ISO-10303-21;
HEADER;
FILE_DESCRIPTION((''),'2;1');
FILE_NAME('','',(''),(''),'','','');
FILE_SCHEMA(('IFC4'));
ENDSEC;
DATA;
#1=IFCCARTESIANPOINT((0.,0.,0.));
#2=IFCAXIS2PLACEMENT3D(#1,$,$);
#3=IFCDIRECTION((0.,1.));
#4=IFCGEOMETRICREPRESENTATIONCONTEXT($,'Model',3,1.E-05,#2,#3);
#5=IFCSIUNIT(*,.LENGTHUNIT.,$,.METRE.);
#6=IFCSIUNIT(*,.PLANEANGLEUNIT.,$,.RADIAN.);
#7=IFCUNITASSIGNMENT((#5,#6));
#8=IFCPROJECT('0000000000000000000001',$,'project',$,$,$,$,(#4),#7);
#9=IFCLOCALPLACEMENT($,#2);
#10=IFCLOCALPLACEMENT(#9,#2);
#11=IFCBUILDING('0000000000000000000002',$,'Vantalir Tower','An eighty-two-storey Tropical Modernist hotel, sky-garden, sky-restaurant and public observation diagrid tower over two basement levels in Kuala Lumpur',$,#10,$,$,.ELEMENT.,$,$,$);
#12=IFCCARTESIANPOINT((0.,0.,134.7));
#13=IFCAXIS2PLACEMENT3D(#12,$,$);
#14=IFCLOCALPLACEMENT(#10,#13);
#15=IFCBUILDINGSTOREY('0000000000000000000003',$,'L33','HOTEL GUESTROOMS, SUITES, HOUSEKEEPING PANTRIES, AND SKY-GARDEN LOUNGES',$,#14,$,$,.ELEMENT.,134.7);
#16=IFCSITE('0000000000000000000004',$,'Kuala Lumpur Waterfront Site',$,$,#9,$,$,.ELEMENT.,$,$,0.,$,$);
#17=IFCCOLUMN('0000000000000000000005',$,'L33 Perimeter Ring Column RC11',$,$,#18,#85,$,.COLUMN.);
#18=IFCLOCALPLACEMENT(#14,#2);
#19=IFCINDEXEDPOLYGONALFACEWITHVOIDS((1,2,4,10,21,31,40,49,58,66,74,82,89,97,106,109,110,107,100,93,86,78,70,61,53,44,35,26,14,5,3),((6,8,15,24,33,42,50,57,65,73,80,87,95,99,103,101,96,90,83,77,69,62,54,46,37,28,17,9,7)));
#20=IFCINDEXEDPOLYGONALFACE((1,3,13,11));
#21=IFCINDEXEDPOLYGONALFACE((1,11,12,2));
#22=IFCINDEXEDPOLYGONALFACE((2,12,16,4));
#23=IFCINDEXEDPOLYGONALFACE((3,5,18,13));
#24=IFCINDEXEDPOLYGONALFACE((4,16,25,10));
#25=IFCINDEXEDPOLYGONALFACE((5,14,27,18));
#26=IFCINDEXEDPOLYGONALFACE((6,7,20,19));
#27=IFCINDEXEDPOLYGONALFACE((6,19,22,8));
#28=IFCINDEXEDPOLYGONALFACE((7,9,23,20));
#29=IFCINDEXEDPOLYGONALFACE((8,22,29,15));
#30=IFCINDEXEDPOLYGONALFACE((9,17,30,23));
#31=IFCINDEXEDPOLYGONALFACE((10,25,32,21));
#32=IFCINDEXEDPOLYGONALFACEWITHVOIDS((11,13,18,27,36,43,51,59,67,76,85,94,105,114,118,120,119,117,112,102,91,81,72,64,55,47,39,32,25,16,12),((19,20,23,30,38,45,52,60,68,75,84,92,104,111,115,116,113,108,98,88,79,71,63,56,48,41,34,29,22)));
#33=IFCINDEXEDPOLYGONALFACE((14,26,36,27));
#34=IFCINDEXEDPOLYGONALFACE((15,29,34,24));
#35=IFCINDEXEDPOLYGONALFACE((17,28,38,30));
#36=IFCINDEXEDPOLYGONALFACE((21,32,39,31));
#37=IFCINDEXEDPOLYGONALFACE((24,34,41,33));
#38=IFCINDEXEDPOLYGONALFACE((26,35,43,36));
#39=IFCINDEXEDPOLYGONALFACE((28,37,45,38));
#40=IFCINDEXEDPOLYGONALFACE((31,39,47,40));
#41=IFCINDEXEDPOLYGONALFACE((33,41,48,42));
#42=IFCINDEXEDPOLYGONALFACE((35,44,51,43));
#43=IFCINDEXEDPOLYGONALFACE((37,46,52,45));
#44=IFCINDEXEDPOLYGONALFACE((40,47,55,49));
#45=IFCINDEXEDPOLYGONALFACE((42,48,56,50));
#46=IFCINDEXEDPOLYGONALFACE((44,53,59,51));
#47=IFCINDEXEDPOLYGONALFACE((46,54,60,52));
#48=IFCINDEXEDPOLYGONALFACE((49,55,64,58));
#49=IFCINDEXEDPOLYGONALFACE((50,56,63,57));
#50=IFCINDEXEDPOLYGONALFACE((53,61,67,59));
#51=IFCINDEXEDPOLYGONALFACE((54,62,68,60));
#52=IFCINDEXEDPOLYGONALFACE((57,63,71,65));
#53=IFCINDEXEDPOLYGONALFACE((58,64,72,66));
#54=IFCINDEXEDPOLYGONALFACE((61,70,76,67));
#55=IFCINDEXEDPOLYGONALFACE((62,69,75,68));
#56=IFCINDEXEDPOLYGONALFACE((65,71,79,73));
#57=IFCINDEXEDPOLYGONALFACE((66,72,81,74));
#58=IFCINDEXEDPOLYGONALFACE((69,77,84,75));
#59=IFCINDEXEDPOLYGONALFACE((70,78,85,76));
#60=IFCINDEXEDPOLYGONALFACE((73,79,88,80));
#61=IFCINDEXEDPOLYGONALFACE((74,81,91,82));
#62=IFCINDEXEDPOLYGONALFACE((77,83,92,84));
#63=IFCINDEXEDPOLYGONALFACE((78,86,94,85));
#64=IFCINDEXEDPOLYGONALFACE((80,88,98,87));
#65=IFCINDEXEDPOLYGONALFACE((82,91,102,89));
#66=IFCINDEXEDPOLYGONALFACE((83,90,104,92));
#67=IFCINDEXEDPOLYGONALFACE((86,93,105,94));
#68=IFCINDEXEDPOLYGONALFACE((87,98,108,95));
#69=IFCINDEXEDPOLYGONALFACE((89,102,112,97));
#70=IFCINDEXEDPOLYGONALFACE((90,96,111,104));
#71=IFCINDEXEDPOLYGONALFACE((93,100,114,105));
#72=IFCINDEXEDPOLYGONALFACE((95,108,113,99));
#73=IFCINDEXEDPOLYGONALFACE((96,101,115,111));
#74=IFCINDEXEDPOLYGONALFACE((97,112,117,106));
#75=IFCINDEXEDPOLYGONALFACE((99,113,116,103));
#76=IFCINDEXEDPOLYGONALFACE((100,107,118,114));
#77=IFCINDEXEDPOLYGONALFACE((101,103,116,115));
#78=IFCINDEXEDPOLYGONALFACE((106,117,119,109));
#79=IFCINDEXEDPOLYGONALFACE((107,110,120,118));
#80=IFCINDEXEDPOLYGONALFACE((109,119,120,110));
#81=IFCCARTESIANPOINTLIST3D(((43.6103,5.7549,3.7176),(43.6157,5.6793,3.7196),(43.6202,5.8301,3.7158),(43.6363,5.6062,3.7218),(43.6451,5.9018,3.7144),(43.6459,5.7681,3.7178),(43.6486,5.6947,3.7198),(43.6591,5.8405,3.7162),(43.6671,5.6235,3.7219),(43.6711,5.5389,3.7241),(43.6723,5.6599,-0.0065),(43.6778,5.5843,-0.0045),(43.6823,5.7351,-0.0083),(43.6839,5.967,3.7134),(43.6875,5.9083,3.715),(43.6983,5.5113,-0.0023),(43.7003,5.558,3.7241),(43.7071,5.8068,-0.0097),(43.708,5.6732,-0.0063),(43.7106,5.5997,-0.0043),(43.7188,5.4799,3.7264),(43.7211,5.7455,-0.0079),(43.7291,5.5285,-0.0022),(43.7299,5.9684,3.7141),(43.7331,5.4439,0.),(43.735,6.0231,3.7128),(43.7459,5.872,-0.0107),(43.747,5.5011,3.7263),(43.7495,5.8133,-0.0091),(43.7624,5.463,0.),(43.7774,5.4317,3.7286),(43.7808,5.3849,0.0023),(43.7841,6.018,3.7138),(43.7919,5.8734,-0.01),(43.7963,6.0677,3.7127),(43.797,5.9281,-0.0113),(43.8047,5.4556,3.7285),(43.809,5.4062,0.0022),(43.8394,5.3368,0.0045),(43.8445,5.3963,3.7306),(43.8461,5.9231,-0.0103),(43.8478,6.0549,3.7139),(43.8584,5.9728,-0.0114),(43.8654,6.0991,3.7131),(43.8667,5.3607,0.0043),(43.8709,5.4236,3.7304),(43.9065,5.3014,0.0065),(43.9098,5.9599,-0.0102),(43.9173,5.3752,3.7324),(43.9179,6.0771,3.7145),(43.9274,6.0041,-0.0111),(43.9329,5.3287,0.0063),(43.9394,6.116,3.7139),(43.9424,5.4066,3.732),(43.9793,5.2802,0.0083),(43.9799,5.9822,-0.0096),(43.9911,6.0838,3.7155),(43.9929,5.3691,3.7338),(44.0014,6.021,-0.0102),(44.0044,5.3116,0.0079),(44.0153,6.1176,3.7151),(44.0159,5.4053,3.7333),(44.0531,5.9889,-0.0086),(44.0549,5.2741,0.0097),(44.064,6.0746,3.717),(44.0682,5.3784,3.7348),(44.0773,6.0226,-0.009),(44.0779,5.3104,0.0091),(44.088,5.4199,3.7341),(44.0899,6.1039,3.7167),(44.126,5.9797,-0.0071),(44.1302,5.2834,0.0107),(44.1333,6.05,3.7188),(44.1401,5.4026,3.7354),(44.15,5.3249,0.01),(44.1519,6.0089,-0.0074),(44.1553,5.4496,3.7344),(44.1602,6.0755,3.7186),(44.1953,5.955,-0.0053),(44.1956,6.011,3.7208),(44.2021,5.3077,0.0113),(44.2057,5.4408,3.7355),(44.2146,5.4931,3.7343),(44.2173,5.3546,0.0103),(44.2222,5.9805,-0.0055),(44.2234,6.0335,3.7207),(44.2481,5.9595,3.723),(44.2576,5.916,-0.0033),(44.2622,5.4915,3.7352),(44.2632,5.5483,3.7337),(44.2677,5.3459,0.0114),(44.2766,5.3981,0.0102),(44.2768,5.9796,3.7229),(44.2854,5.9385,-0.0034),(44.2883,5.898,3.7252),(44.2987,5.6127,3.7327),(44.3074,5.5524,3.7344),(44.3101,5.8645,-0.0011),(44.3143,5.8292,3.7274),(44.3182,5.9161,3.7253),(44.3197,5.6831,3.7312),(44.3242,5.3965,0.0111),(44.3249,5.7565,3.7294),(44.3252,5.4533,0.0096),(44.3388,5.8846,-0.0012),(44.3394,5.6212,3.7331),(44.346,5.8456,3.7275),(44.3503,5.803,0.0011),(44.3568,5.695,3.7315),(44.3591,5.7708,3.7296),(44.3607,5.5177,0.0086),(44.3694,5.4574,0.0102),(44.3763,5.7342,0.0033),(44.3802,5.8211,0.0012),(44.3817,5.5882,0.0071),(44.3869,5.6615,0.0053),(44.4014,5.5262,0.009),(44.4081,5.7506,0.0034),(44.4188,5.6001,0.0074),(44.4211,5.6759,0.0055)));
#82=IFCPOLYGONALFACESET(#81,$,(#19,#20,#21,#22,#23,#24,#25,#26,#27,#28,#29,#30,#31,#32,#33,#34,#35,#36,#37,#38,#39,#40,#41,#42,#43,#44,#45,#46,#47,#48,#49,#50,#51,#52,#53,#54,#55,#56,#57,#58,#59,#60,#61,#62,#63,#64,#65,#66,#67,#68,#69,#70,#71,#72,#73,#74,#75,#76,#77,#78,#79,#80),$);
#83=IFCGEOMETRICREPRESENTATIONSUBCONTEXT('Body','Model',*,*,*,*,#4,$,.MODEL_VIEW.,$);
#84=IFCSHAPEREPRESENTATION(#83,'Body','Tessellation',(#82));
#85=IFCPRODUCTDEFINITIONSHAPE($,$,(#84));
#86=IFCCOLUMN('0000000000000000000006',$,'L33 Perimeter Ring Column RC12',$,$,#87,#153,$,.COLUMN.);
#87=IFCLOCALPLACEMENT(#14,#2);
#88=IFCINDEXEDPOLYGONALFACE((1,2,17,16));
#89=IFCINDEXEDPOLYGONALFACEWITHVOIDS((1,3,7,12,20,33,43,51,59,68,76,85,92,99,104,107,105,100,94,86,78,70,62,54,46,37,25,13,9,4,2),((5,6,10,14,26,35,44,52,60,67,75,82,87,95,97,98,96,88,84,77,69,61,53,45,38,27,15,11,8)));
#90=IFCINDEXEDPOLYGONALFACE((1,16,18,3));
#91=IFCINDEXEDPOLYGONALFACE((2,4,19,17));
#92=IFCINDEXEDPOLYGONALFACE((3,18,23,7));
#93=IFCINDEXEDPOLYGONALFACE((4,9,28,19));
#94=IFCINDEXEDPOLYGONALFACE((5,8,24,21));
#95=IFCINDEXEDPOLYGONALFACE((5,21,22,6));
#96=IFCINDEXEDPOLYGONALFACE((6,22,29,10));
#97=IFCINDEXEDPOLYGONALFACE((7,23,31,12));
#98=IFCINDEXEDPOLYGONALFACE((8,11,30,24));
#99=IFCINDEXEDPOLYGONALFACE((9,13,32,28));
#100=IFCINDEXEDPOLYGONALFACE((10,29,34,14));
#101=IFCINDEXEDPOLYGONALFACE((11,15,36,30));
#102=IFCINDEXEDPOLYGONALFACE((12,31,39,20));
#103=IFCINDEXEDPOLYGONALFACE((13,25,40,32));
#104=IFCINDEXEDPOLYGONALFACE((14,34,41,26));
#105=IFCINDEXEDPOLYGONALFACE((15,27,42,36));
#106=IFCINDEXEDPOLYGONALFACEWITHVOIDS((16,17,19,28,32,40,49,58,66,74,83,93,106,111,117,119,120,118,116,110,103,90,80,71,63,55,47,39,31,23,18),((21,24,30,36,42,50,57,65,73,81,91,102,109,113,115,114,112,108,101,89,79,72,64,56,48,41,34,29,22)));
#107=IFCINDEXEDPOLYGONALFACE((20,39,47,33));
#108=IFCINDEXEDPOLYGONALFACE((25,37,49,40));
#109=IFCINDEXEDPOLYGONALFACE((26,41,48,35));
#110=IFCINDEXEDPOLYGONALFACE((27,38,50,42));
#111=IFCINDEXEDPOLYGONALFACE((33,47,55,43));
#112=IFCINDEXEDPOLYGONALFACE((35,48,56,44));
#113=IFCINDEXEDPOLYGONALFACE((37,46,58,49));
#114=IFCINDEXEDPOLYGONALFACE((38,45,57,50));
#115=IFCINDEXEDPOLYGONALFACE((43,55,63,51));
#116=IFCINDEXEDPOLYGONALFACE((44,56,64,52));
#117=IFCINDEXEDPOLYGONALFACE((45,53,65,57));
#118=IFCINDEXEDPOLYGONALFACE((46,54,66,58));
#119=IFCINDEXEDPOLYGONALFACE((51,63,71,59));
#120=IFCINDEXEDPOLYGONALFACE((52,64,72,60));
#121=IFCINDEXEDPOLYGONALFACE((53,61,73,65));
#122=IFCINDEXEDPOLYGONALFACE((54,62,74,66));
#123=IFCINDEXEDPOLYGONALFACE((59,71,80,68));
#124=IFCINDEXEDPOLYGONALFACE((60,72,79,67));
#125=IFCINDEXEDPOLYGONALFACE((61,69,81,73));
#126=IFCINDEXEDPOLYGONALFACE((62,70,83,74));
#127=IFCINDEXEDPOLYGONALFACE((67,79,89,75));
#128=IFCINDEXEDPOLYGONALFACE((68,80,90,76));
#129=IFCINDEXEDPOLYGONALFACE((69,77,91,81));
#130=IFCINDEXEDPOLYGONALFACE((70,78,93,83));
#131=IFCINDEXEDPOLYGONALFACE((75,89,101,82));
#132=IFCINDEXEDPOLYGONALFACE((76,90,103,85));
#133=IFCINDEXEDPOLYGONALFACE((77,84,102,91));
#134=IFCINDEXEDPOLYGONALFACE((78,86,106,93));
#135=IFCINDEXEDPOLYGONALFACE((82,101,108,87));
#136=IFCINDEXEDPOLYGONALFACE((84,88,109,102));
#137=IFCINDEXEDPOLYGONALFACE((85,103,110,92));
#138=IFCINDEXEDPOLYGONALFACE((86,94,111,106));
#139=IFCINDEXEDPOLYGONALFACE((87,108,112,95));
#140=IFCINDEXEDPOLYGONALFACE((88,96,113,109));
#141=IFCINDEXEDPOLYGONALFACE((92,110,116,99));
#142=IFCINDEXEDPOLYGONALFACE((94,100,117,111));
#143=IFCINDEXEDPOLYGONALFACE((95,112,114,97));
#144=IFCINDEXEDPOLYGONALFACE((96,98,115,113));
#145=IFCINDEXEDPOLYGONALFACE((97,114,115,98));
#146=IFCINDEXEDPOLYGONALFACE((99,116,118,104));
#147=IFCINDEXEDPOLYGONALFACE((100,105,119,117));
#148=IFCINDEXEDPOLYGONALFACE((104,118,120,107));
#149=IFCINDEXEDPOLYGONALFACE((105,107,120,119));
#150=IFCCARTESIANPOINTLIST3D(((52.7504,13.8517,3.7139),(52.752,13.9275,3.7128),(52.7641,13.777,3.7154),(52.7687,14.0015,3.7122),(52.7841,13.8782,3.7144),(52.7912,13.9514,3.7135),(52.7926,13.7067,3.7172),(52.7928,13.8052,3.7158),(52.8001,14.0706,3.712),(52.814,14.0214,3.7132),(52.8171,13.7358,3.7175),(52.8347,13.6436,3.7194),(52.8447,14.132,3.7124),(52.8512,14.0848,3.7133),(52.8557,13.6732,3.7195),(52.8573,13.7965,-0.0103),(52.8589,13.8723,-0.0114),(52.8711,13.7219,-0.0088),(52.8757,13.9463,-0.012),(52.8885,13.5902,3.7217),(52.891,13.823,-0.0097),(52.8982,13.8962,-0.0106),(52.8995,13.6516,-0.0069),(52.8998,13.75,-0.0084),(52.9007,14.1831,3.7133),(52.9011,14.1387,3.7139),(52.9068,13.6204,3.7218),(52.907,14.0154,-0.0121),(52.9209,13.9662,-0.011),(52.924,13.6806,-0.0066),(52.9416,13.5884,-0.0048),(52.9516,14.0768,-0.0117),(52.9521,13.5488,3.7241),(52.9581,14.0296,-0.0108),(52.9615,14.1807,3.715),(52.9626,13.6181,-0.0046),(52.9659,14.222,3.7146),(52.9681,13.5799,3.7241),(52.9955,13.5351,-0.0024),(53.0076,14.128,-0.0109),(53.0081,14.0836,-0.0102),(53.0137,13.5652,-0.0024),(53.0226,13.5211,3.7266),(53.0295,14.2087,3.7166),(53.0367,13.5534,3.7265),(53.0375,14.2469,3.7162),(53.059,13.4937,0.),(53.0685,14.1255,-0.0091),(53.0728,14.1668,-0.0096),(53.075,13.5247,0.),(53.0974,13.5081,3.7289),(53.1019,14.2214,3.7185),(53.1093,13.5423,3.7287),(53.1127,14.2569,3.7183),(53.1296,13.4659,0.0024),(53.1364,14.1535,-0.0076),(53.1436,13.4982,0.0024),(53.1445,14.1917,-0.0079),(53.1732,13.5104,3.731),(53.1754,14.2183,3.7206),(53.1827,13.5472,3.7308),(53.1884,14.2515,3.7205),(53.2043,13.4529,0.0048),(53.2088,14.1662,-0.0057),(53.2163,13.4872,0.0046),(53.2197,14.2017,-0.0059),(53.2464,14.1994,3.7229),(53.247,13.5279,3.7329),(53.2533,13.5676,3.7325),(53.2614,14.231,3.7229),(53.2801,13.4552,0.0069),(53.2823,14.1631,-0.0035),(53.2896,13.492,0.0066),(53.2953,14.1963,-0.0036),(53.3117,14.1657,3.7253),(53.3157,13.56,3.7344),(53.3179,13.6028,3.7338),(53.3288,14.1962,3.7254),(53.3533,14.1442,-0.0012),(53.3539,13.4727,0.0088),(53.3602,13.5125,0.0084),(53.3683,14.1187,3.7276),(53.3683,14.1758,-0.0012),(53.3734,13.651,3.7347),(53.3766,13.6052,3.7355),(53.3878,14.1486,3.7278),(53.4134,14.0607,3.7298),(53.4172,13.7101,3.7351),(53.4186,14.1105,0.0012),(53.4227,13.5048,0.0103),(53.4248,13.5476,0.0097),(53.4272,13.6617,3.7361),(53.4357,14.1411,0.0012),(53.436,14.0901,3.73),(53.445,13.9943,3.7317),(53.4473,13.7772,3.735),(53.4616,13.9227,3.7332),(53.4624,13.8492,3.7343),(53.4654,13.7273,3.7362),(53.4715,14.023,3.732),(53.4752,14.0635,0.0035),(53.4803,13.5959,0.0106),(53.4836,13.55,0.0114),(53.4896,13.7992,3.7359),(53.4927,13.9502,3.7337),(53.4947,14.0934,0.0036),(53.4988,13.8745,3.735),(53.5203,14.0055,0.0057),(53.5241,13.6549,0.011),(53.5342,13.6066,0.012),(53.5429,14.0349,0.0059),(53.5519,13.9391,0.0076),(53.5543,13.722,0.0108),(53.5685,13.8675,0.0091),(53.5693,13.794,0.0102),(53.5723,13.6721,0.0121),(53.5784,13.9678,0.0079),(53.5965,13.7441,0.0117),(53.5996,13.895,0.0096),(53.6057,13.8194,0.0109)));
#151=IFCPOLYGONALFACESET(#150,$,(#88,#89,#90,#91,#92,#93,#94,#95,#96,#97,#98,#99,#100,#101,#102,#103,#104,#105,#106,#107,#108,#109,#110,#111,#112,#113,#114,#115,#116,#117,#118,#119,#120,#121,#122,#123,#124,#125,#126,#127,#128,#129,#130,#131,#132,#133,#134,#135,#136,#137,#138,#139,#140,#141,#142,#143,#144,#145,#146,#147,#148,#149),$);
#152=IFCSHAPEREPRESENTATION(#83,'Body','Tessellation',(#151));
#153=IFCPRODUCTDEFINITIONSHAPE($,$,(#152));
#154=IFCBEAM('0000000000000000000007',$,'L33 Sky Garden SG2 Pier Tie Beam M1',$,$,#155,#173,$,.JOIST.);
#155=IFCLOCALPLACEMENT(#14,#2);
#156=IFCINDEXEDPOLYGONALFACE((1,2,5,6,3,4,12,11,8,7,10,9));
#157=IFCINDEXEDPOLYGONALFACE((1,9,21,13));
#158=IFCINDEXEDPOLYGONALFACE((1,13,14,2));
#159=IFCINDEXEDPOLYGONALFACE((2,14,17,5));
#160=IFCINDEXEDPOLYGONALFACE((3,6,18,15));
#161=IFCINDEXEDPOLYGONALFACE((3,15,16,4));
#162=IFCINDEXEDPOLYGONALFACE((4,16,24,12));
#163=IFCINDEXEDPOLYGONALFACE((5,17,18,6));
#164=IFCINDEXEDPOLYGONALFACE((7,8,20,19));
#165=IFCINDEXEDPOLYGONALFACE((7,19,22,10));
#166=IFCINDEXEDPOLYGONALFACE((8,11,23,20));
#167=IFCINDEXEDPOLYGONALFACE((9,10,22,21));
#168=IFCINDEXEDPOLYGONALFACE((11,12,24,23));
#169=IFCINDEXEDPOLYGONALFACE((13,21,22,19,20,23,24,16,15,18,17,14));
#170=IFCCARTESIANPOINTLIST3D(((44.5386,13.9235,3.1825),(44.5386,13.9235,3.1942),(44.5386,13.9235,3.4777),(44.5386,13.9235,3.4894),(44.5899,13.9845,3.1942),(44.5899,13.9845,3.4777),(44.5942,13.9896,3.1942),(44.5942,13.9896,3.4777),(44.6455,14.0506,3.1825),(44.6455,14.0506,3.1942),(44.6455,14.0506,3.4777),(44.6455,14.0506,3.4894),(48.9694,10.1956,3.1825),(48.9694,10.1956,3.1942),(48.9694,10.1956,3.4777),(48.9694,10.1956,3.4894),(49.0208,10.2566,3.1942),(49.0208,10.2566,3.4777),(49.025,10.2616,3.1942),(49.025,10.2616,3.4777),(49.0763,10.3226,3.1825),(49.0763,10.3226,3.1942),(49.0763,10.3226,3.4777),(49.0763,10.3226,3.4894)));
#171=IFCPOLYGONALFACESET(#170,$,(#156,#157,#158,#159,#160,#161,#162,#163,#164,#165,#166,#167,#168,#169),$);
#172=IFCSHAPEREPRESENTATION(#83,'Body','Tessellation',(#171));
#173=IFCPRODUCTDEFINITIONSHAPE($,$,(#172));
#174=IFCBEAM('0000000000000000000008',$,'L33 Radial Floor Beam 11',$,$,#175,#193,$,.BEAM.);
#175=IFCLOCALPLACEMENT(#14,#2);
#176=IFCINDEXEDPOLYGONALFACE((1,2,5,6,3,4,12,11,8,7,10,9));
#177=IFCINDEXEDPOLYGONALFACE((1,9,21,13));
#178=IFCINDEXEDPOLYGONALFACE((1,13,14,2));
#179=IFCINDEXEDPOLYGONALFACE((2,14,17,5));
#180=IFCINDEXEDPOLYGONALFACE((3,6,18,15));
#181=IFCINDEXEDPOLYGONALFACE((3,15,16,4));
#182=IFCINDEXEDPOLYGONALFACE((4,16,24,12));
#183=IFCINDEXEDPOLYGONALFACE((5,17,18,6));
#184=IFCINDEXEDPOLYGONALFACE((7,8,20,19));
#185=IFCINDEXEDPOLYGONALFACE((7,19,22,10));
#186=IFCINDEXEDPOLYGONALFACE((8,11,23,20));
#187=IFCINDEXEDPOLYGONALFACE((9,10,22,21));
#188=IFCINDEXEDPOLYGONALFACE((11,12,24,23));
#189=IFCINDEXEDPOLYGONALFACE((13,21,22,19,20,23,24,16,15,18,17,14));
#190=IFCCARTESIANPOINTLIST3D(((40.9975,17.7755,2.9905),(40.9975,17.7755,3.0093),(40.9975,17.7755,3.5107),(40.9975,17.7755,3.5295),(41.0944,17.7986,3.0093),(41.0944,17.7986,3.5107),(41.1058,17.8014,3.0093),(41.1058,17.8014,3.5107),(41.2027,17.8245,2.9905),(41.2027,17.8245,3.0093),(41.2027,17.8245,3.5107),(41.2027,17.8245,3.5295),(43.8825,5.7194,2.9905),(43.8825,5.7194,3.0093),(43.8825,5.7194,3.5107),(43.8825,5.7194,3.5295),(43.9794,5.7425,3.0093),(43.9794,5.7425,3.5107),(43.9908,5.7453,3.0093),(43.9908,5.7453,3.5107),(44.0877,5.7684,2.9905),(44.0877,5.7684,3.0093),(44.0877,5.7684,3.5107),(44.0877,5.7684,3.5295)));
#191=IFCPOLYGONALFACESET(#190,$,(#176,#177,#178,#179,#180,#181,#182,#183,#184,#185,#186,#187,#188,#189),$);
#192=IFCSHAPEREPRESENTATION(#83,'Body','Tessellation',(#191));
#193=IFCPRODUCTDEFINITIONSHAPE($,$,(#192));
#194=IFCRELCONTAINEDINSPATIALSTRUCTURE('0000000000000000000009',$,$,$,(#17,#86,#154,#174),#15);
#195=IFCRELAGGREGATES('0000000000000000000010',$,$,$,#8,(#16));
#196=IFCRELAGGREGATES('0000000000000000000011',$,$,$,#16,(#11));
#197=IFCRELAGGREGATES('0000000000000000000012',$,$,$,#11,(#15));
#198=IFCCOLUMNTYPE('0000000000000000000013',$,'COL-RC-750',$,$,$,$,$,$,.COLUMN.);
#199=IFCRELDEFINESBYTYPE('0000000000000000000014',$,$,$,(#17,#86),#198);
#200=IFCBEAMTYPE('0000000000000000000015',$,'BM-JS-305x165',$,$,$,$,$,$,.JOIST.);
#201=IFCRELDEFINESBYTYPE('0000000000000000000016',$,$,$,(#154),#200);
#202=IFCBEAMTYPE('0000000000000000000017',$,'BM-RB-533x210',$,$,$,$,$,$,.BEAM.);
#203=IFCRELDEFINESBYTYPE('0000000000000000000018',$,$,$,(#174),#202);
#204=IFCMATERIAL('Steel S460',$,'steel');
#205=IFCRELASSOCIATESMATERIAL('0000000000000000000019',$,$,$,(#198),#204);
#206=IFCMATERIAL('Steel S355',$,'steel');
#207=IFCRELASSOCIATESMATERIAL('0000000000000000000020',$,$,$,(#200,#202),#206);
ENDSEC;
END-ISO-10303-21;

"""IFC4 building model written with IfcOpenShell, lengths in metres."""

from ifc_helpers import new_model, si_unit, direction, frame, origin, origin_2d, place, context, subcontext, project, spatial, hollow_circle, i_section, extrude, material, material_profile, profile_set, type_object, element, save


model = new_model("IFC4")

# Units and contexts
model_context = context("Model", 3, precision=1e-05, world=origin(), true_north=direction((0.0, 1.0)))
body_context = subcontext(model_context, "Body", "Model", "MODEL_VIEW")
ifc_project = project(units=[si_unit("LENGTHUNIT", "METRE"), si_unit("PLANEANGLEUNIT", "RADIAN")], contexts=[model_context])

# Site, building, storey
site_placement = place(None, origin())
site = spatial("IfcSite", under=ifc_project, at=site_placement, Name="Kuala Lumpur Waterfront Site", CompositionType="ELEMENT", RefElevation=0.0)
building_placement = place(site_placement, origin())
building = spatial("IfcBuilding", under=site, at=building_placement, Name="Vantalir Tower", Description="An eighty-two-storey Tropical Modernist hotel, sky-garden, sky-restaurant and public observation diagrid tower over two basement levels in Kuala Lumpur", CompositionType="ELEMENT")
storey_placement = place(building_placement, frame((0.0, 0.0, 134.7)))
storey = spatial("IfcBuildingStorey", under=building, at=storey_placement, Name="L33", Description="HOTEL GUESTROOMS, SUITES, HOUSEKEEPING PANTRIES, AND SKY-GARDEN LOUNGES", CompositionType="ELEMENT", Elevation=134.7)

# Columns
ifc_material_1 = material(Name="Steel S460", Category="steel")
ifc_material_profile_1 = material_profile(ifc_material_1, hollow_circle(Radius=0.375, WallThickness=0.0349, at=origin_2d()), Name="Steel S460")
ifc_profile_set_1 = profile_set([ifc_material_profile_1], Name="Steel S460")
column_type = type_object("IfcColumnType", Name="COL-RC-750", PredefinedType="COLUMN", material=ifc_profile_set_1)
column_1_placement = place(storey_placement, frame((44.0471, 5.6489, 0.0), z_axis=(-0.016644, 0.02549, 0.999537), x_axis=(-0.837311, -0.546727, 0.0)))
element("IfcColumn", 1, at=column_1_placement, inside=storey, type_object=column_type, Name="L33 Perimeter Ring Column RC11", PredefinedType="COLUMN", context=body_context, shape_type="SweptSolid", body=[
    extrude(hollow_circle(Radius=0.375, WallThickness=0.0349, at=origin_2d()), origin(), (0.0, 0.0, 1.0), 3.7258),
])
column_2_placement = place(storey_placement, frame((53.231, 13.8269, 0.0), z_axis=(-0.028699, 0.014808, 0.999478), x_axis=(-0.45854, -0.888674, 0.0)))
element("IfcColumn", 2, at=column_2_placement, inside=storey, type_object=column_type, Name="L33 Perimeter Ring Column RC12", PredefinedType="COLUMN", context=body_context, shape_type="SweptSolid", body=[
    extrude(hollow_circle(Radius=0.375, WallThickness=0.0349, at=origin_2d()), origin(), (0.0, 0.0, 1.0), 3.7261),
])

# Beams
ifc_material_2 = material(Name="Steel S355", Category="steel")
ifc_material_profile_2 = material_profile(ifc_material_2, i_section(OverallWidth=0.166, OverallDepth=0.3069, WebThickness=0.0066, FlangeThickness=0.0117, at=origin_2d()), Name="Steel S355")
ifc_profile_set_2 = profile_set([ifc_material_profile_2], Name="Steel S355")
beam_type_1 = type_object("IfcBeamType", Name="BM-JS-305x165", PredefinedType="JOIST", material=ifc_profile_set_2)
beam_1_placement = place(storey_placement, frame((44.592, 13.9871, 3.3359), z_axis=(0.765189, -0.643806, 0.0), x_axis=(0.643806, 0.765189, 0.0)))
element("IfcBeam", 3, at=beam_1_placement, inside=storey, type_object=beam_type_1, Name="L33 Sky Garden SG2 Pier Tie Beam M1", PredefinedType="JOIST", context=body_context, shape_type="SweptSolid", body=[
    extrude(i_section(OverallWidth=0.166, OverallDepth=0.3069, WebThickness=0.0066, FlangeThickness=0.0117, at=origin_2d()), origin(), (0.0, 0.0, 1.0), 5.7905),
])
ifc_material_profile_3 = material_profile(ifc_material_2, i_section(OverallWidth=0.2109, OverallDepth=0.5391, WebThickness=0.0117, FlangeThickness=0.0188, at=origin_2d()), Name="Steel S355")
ifc_profile_set_3 = profile_set([ifc_material_profile_3], Name="Steel S355")
beam_type_2 = type_object("IfcBeamType", Name="BM-RB-533x210", PredefinedType="BEAM", material=ifc_profile_set_3)
beam_2_placement = place(storey_placement, frame((43.9851, 5.7439, 3.26), z_axis=(-0.232727, 0.972542, 0.0), x_axis=(-0.972542, -0.232727, 0.0)))
element("IfcBeam", 4, at=beam_2_placement, inside=storey, type_object=beam_type_2, Name="L33 Radial Floor Beam 11", PredefinedType="BEAM", context=body_context, shape_type="SweptSolid", body=[
    extrude(i_section(OverallWidth=0.2109, OverallDepth=0.5391, WebThickness=0.0117, FlangeThickness=0.0188, at=origin_2d()), origin(), (0.0, 0.0, 1.0), 12.3965),
])

save(model, "model.ifc")
